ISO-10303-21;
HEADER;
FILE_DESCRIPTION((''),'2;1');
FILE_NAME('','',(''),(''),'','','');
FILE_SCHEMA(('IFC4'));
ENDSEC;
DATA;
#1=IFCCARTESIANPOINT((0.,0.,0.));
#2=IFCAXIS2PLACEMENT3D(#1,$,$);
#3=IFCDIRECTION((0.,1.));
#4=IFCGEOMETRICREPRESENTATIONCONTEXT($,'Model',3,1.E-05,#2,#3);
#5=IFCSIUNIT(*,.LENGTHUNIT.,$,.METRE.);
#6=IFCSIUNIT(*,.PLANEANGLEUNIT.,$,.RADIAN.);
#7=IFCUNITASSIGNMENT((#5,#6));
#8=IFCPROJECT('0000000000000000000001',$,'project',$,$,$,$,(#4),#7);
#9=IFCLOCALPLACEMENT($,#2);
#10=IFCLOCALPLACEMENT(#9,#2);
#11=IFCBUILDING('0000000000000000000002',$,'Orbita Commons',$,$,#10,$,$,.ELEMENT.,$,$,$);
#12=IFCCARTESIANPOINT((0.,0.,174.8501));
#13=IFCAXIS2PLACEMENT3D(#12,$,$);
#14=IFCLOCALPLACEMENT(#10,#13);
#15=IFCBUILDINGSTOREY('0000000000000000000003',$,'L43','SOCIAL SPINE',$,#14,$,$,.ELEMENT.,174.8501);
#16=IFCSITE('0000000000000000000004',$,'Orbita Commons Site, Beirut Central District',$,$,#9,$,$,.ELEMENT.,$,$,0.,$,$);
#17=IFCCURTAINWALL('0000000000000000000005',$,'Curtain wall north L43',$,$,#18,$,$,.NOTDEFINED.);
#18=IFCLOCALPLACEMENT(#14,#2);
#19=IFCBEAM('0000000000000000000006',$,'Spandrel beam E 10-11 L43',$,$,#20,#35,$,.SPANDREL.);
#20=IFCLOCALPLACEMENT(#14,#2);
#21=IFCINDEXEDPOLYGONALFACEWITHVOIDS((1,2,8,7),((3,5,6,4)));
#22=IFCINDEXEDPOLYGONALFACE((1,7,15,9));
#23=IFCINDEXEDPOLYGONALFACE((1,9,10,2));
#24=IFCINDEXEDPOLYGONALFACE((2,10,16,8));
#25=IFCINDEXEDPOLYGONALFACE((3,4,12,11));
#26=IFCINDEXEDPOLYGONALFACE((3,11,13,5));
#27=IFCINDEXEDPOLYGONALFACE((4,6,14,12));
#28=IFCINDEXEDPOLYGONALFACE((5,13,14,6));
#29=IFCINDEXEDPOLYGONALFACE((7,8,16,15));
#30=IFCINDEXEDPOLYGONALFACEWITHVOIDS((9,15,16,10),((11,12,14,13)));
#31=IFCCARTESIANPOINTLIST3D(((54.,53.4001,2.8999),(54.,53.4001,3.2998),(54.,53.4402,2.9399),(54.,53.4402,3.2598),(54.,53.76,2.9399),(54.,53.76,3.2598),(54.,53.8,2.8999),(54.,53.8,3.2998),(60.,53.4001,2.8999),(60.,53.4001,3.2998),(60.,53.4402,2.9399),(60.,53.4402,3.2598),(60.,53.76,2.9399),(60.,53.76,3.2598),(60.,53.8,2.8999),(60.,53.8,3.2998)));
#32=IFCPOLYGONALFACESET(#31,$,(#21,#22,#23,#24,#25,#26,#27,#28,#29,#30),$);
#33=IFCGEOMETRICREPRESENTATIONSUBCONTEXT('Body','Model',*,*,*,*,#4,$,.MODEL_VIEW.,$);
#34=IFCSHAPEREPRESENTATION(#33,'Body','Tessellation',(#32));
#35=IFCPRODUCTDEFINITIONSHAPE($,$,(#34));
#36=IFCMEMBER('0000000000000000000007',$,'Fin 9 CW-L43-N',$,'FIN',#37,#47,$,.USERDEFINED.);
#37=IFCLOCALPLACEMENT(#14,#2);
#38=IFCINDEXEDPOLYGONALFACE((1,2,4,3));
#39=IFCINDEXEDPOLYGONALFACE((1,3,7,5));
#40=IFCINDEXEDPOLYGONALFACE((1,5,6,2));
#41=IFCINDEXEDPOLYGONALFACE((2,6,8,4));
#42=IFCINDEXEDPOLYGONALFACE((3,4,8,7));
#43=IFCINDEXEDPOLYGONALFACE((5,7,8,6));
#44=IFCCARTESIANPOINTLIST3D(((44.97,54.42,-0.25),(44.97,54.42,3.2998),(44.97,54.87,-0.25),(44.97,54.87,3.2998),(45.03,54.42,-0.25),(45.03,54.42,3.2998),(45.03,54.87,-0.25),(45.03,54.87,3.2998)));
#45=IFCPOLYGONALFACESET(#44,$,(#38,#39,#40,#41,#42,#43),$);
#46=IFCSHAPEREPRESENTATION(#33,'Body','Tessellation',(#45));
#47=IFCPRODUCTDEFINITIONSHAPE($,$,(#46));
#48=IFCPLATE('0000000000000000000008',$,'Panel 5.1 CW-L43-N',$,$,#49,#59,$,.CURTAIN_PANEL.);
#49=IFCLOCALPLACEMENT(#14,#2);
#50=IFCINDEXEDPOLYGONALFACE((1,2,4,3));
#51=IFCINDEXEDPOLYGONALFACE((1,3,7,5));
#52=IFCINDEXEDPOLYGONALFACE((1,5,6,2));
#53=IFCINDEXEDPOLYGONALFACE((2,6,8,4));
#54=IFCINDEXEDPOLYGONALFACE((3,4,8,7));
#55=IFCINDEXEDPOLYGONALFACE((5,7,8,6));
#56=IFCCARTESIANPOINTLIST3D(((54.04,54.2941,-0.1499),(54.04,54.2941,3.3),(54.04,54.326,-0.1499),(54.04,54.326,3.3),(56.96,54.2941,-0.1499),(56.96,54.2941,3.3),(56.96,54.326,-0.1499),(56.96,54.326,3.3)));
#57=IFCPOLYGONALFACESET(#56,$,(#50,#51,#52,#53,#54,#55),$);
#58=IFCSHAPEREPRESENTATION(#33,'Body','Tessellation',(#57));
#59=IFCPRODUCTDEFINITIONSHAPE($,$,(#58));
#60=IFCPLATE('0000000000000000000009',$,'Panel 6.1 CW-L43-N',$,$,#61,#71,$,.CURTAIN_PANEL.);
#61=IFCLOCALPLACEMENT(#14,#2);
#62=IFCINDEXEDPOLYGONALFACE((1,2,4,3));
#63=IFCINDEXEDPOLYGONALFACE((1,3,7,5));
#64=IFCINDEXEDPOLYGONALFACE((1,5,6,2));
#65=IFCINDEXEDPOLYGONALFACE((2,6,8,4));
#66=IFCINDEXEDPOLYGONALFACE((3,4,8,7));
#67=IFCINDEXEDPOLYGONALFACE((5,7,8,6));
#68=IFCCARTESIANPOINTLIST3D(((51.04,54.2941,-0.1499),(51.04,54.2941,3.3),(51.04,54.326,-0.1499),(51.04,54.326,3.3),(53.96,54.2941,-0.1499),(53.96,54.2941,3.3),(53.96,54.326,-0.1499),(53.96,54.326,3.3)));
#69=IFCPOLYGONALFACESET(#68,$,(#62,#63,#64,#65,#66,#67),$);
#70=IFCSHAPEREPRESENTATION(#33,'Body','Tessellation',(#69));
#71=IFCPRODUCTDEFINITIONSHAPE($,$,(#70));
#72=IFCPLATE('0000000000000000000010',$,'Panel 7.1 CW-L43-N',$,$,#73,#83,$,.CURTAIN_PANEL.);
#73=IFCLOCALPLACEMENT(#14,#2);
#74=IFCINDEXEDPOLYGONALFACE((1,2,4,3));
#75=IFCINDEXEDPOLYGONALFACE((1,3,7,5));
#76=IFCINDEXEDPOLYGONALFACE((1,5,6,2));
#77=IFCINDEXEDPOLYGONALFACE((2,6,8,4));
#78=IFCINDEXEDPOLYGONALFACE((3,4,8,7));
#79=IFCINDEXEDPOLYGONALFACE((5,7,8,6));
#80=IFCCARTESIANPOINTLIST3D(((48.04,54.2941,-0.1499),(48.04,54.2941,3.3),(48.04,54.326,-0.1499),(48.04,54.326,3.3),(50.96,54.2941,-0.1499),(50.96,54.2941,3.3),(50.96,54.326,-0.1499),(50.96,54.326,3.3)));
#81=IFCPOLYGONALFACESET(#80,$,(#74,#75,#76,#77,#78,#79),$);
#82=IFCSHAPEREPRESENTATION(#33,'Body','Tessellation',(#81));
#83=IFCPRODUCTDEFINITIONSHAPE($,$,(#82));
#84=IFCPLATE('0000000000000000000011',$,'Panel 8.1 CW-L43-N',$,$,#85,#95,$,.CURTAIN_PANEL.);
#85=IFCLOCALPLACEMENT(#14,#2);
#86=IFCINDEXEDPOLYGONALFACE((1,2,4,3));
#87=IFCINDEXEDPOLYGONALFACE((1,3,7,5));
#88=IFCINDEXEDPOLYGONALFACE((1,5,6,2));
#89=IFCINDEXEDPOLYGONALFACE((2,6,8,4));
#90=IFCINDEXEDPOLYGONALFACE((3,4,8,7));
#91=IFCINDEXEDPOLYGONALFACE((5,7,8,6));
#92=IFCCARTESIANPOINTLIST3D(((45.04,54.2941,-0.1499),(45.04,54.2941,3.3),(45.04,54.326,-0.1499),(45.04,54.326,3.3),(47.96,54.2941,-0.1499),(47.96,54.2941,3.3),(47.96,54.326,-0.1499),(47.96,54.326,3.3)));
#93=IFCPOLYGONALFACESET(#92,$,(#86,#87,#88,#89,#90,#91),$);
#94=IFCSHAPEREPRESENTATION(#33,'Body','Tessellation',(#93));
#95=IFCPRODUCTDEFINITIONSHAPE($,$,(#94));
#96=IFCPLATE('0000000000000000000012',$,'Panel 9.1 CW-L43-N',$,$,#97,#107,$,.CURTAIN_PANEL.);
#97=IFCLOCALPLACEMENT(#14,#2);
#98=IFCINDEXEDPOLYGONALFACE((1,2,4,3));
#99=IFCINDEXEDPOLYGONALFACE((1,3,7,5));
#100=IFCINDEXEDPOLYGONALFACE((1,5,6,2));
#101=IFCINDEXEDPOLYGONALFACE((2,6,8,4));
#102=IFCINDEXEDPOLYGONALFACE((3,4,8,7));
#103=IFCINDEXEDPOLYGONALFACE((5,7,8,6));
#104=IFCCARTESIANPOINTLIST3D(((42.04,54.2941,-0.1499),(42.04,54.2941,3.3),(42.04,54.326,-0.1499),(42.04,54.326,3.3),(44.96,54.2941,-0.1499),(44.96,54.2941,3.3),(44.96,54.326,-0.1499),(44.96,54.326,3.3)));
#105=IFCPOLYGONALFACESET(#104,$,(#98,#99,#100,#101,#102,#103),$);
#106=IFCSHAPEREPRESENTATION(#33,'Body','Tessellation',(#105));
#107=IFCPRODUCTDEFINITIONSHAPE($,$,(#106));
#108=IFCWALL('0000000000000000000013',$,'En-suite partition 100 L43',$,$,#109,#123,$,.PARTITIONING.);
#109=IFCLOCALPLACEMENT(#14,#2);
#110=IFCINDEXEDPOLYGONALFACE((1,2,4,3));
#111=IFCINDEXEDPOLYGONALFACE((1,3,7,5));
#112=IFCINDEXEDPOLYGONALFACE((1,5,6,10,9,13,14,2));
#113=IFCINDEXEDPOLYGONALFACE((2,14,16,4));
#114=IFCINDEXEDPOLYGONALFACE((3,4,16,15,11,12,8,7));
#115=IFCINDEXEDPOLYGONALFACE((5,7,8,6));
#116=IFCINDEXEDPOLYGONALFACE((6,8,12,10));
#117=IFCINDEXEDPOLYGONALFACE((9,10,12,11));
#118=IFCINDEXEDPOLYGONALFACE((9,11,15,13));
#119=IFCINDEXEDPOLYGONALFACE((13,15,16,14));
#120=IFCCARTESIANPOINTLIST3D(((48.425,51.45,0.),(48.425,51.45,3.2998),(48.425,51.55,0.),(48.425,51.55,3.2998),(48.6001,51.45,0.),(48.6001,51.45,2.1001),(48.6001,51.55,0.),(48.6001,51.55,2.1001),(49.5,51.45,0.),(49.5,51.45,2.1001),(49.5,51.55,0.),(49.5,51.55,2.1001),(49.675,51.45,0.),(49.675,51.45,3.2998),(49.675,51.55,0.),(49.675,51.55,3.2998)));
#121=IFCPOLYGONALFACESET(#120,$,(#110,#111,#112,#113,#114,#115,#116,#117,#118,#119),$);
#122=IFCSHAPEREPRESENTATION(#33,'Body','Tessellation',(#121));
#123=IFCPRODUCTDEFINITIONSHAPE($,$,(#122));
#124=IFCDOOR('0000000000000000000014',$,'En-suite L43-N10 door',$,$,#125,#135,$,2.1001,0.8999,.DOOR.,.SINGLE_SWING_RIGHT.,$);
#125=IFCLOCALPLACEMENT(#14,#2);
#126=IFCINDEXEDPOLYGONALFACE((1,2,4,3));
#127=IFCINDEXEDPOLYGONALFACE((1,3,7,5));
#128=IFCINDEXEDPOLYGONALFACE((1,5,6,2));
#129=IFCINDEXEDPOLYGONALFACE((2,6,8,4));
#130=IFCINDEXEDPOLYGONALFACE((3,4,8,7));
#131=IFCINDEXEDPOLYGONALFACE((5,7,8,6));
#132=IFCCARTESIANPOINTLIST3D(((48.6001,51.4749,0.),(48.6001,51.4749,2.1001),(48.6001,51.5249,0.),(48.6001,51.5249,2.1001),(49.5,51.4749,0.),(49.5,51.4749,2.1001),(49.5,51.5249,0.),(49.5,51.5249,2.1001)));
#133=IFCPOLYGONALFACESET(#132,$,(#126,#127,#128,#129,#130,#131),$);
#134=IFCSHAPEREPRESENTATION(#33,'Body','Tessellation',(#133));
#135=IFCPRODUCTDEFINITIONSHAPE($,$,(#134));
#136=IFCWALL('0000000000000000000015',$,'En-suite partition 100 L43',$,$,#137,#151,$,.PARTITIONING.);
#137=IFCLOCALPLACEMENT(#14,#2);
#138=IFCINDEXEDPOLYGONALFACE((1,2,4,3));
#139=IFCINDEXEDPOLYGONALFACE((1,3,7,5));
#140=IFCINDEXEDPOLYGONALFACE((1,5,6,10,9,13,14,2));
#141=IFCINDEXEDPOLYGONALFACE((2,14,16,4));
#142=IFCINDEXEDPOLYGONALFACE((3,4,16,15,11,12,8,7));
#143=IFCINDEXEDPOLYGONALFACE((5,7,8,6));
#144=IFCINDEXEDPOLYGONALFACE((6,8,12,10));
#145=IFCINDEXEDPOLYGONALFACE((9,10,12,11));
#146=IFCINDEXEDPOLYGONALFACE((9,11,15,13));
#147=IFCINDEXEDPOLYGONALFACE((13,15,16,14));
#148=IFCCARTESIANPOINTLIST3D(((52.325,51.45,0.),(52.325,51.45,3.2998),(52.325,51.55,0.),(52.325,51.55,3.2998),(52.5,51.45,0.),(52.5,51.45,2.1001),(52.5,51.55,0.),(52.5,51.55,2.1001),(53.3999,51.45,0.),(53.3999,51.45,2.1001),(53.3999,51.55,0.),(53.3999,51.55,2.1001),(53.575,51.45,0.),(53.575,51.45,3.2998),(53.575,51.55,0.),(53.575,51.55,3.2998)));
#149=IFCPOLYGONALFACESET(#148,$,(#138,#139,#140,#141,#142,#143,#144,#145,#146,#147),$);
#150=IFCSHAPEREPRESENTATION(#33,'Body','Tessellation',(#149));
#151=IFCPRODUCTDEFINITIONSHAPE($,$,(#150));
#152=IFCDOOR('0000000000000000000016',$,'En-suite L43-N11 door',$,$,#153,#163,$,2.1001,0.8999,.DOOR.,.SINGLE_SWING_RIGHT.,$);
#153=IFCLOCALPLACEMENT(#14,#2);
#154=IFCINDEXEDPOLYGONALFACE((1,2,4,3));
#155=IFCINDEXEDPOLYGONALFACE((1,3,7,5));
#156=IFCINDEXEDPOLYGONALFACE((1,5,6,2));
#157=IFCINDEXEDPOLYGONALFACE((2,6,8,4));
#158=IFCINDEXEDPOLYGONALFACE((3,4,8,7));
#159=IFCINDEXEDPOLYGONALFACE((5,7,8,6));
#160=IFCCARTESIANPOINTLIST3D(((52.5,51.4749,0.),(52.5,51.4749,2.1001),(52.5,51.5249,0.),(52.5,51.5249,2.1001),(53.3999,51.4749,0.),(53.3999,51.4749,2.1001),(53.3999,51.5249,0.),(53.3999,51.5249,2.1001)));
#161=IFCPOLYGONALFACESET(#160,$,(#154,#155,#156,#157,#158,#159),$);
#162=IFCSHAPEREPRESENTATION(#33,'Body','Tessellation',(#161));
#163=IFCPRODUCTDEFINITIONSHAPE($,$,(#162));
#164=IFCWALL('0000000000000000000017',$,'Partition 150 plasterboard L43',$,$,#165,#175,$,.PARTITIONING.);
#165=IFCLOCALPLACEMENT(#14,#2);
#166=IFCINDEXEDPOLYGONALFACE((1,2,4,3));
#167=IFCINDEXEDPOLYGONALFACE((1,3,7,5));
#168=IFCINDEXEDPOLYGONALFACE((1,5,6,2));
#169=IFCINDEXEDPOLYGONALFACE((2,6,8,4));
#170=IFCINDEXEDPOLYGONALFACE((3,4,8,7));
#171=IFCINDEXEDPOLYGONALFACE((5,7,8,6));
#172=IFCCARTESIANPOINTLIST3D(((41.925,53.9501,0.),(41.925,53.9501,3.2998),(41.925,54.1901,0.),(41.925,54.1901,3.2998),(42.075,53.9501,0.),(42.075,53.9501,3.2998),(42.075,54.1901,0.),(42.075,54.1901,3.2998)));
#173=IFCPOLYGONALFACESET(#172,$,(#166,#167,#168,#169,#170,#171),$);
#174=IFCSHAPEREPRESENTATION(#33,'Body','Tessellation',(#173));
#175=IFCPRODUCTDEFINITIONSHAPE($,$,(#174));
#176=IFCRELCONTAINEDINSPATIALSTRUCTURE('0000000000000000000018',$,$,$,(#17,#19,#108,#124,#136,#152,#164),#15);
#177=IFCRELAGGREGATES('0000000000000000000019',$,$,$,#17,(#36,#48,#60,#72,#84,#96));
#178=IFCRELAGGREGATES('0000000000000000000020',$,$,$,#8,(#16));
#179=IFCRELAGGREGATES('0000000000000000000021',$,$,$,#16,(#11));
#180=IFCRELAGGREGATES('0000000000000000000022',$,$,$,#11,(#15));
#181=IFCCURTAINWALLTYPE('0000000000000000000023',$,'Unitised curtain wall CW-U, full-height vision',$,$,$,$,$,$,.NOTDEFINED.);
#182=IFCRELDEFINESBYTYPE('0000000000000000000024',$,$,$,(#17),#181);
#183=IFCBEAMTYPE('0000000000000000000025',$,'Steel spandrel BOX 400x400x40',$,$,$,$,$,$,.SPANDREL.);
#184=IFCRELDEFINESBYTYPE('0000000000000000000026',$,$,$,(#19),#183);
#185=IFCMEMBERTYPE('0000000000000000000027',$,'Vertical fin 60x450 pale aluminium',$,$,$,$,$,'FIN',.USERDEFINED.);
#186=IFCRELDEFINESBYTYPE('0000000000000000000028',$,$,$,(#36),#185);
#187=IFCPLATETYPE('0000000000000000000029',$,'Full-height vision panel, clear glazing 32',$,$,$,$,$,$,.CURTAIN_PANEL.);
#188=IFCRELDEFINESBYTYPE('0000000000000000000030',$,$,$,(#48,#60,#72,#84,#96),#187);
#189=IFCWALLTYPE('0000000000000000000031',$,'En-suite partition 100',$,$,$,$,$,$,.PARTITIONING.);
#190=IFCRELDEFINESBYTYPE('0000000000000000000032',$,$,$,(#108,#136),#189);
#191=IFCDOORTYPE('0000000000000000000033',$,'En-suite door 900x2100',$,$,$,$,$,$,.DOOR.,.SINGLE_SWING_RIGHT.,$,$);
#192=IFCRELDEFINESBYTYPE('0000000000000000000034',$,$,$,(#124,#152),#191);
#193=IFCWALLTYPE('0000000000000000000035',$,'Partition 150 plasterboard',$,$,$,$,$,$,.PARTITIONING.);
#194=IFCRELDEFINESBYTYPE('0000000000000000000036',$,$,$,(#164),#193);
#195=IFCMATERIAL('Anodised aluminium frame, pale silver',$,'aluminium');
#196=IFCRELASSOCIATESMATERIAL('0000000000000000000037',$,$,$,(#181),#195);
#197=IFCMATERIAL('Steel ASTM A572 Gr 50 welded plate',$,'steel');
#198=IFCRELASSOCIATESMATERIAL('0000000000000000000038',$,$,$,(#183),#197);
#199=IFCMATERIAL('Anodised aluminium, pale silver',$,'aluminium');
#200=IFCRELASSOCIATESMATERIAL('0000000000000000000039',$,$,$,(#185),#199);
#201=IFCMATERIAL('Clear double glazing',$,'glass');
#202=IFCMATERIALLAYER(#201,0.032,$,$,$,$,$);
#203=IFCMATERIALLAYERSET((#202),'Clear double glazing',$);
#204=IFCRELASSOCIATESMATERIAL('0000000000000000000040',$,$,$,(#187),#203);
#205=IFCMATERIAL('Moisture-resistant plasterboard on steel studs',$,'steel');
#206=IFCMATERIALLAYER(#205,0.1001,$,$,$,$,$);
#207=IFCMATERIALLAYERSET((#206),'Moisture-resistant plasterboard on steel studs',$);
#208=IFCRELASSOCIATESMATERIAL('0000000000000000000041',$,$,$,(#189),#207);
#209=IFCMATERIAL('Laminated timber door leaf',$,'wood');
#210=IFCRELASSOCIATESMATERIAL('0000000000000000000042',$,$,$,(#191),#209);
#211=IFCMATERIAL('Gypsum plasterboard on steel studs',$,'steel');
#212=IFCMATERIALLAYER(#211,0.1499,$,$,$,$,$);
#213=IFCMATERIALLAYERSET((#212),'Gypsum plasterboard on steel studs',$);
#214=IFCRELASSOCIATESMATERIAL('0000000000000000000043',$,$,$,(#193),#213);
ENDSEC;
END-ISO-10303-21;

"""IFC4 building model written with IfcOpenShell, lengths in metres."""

from ifc_helpers import new_model, si_unit, direction, frame, frame_2d, origin, origin_2d, place, context, subcontext, project, spatial, rectangle, hollow_rectangle, extrude, material, layer, layer_set, material_profile, profile_set, type_object, element, fill, aggregate, save


model = new_model("IFC4")

# Units and contexts
model_context = context("Model", 3, precision=1e-05, world=origin(), true_north=direction((0.0, 1.0)))
body_context = subcontext(model_context, "Body", "Model", "MODEL_VIEW")
ifc_project = project(units=[si_unit("LENGTHUNIT", "METRE"), si_unit("PLANEANGLEUNIT", "RADIAN")], contexts=[model_context])

# Site, building, storey
site_placement = place(None, origin())
site = spatial("IfcSite", under=ifc_project, at=site_placement, Name="Orbita Commons Site, Beirut Central District", CompositionType="ELEMENT", RefElevation=0.0)
building_placement = place(site_placement, origin())
building = spatial("IfcBuilding", under=site, at=building_placement, Name="Orbita Commons", CompositionType="ELEMENT")
storey_placement = place(building_placement, frame((0.0, 0.0, 174.8501)))
storey = spatial("IfcBuildingStorey", under=building, at=storey_placement, Name="L43", Description="SOCIAL SPINE", CompositionType="ELEMENT", Elevation=174.8501)

# Curtain wall
ifc_material_1 = material(Name="Anodised aluminium frame, pale silver", Category="aluminium")
curtain_wall_type = type_object("IfcCurtainWallType", Name="Unitised curtain wall CW-U, full-height vision", PredefinedType="NOTDEFINED", material=ifc_material_1)
curtain_wall_placement = place(storey_placement, origin())
curtain_wall = element("IfcCurtainWall", 1, at=curtain_wall_placement, inside=storey, type_object=curtain_wall_type, Name="Curtain wall north L43", PredefinedType="NOTDEFINED")

# Beam
ifc_material_2 = material(Name="Steel ASTM A572 Gr 50 welded plate", Category="steel")
ifc_material_profile_1 = material_profile(ifc_material_2, hollow_rectangle(XDim=0.3999, YDim=0.3999, WallThickness=0.04, at=origin_2d()), Name="BOX 400x400x40")
ifc_profile_set_1 = profile_set([ifc_material_profile_1], Name="Steel ASTM A572 Gr 50 welded plate")
beam_type = type_object("IfcBeamType", Name="Steel spandrel BOX 400x400x40", PredefinedType="SPANDREL", material=ifc_profile_set_1)
for number, where, z_axis, x_axis, name in (
    (2, (54.0, 53.6001, 3.0999), (1.0, 0.0, 0.0), (0.0, 1.0, 0.0), "Spandrel beam E 10-11 L43"),
):
    element("IfcBeam", number, at=place(storey_placement, frame(where, z_axis=z_axis, x_axis=x_axis)), inside=storey, type_object=beam_type, Name=name, PredefinedType="SPANDREL", context=body_context, shape_type="SweptSolid", body=[
        extrude(hollow_rectangle(XDim=0.3999, YDim=0.3999, WallThickness=0.04, at=origin_2d()), origin(), (0.0, 0.0, 1.0), 6.0),
    ])

# Member
ifc_material_3 = material(Name="Anodised aluminium, pale silver", Category="aluminium")
ifc_material_profile_2 = material_profile(ifc_material_3, rectangle(XDim=0.0601, YDim=0.45, at=origin_2d()), Name="FIN 60x450")
ifc_profile_set_2 = profile_set([ifc_material_profile_2], Name="Anodised aluminium, pale silver")
member_type_1 = type_object("IfcMemberType", Name="Vertical fin 60x450 pale aluminium", ElementType="FIN", PredefinedType="USERDEFINED", material=ifc_profile_set_2)
member_1_placement = place(storey_placement, frame((45.0, 54.645, -0.25), z_axis=(0.0, 0.0, 1.0), x_axis=(-1.0, 0.0, 0.0)))
member_1 = element("IfcMember", 3, at=member_1_placement, type_object=member_type_1, Name="Fin 9 CW-L43-N", ObjectType="FIN", PredefinedType="USERDEFINED", context=body_context, shape_type="SweptSolid", body=[
    extrude(rectangle(XDim=0.0601, YDim=0.45, at=origin_2d()), origin(), (0.0, 0.0, 1.0), 3.5498),
])

# Plates
ifc_material_4 = material(Name="Clear double glazing", Category="glass")
ifc_layer_1 = layer(ifc_material_4, 0.032)
ifc_layer_set_1 = layer_set([ifc_layer_1], Name="Clear double glazing")
plate_type = type_object("IfcPlateType", Name="Full-height vision panel, clear glazing 32", PredefinedType="CURTAIN_PANEL", material=ifc_layer_set_1)
plate_1_placement = place(storey_placement, frame((55.5, 54.3101, -0.1499), z_axis=(0.0, 0.0, 1.0), x_axis=(-1.0, 0.0, 0.0)))
plate_1 = element("IfcPlate", 4, at=plate_1_placement, type_object=plate_type, Name="Panel 5.1 CW-L43-N", PredefinedType="CURTAIN_PANEL", context=body_context, shape_type="SweptSolid", body=[
    extrude(rectangle(XDim=2.9199, YDim=0.032, at=origin_2d()), origin(), (0.0, 0.0, 1.0), 3.45),
])
plate_2_placement = place(storey_placement, frame((52.5, 54.3101, -0.1499), z_axis=(0.0, 0.0, 1.0), x_axis=(-1.0, 0.0, 0.0)))
plate_2 = element("IfcPlate", 5, at=plate_2_placement, type_object=plate_type, Name="Panel 6.1 CW-L43-N", PredefinedType="CURTAIN_PANEL", context=body_context, shape_type="SweptSolid", body=[
    extrude(rectangle(XDim=2.9199, YDim=0.032, at=origin_2d()), origin(), (0.0, 0.0, 1.0), 3.45),
])
plate_3_placement = place(storey_placement, frame((49.5, 54.3101, -0.1499), z_axis=(0.0, 0.0, 1.0), x_axis=(-1.0, 0.0, 0.0)))
plate_3 = element("IfcPlate", 6, at=plate_3_placement, type_object=plate_type, Name="Panel 7.1 CW-L43-N", PredefinedType="CURTAIN_PANEL", context=body_context, shape_type="SweptSolid", body=[
    extrude(rectangle(XDim=2.9199, YDim=0.032, at=origin_2d()), origin(), (0.0, 0.0, 1.0), 3.45),
])
plate_4_placement = place(storey_placement, frame((46.5, 54.3101, -0.1499), z_axis=(0.0, 0.0, 1.0), x_axis=(-1.0, 0.0, 0.0)))
plate_4 = element("IfcPlate", 7, at=plate_4_placement, type_object=plate_type, Name="Panel 8.1 CW-L43-N", PredefinedType="CURTAIN_PANEL", context=body_context, shape_type="SweptSolid", body=[
    extrude(rectangle(XDim=2.9199, YDim=0.032, at=origin_2d()), origin(), (0.0, 0.0, 1.0), 3.45),
])
plate_5_placement = place(storey_placement, frame((43.5, 54.3101, -0.1499), z_axis=(0.0, 0.0, 1.0), x_axis=(-1.0, 0.0, 0.0)))
plate_5 = element("IfcPlate", 8, at=plate_5_placement, type_object=plate_type, Name="Panel 9.1 CW-L43-N", PredefinedType="CURTAIN_PANEL", context=body_context, shape_type="SweptSolid", body=[
    extrude(rectangle(XDim=2.9199, YDim=0.032, at=origin_2d()), origin(), (0.0, 0.0, 1.0), 3.45),
])
aggregate(curtain_wall, [member_1, plate_1, plate_2, plate_3, plate_4, plate_5])

# Walls, openings, doors
ifc_material_5 = material(Name="Moisture-resistant plasterboard on steel studs", Category="steel")
ifc_layer_2 = layer(ifc_material_5, 0.1001)
ifc_layer_set_2 = layer_set([ifc_layer_2], Name="Moisture-resistant plasterboard on steel studs")
wall_type_1 = type_object("IfcWallType", Name="En-suite partition 100", PredefinedType="PARTITIONING", material=ifc_layer_set_2)
wall_1_placement = place(storey_placement, frame((48.425, 51.5, 0.0), z_axis=(0.0, 0.0, 1.0), x_axis=(1.0, 0.0, 0.0)))
wall_1 = element("IfcWall", 9, at=wall_1_placement, inside=storey, type_object=wall_type_1, Name="En-suite partition 100 L43", PredefinedType="PARTITIONING", context=body_context, shape_type="SweptSolid", body=[
    extrude(rectangle(XDim=1.25, YDim=0.1001, at=frame_2d((0.625, 0.0))), origin(), (0.0, 0.0, 1.0), 3.2998),
])
opening_1_placement = place(wall_1_placement, frame((0.175, 0.0, 0.0)))
opening_1 = element("IfcOpeningElement", 10, at=opening_1_placement, cuts=wall_1, PredefinedType="OPENING", context=body_context, shape_type="SweptSolid", body=[
    extrude(rectangle(XDim=0.8999, YDim=2.1001, at=frame_2d((0.45, 1.05))), frame((0.0, 0.0601, 0.0), z_axis=(0.0, -1.0, 0.0), x_axis=(1.0, 0.0, 0.0)), (0.0, 0.0, 1.0), 0.1201),
])
ifc_material_6 = material(Name="Laminated timber door leaf", Category="wood")
door_type = type_object("IfcDoorType", Name="En-suite door 900x2100", OperationType="SINGLE_SWING_RIGHT", PredefinedType="DOOR", material=ifc_material_6)
door_1_placement = place(opening_1_placement, origin())
door_1 = element("IfcDoor", 11, at=door_1_placement, inside=storey, type_object=door_type, Name="En-suite L43-N10 door", OperationType="SINGLE_SWING_RIGHT", OverallHeight=2.1001, OverallWidth=0.8999, PredefinedType="DOOR", context=body_context, shape_type="SweptSolid", body=[
    extrude(rectangle(XDim=0.8999, YDim=2.1001, at=frame_2d((0.45, 1.05))), frame((0.0, 0.0249, 0.0), z_axis=(0.0, -1.0, 0.0), x_axis=(1.0, 0.0, 0.0)), (0.0, 0.0, 1.0), 0.05),
])
fill(opening_1, door_1)
wall_2_placement = place(storey_placement, frame((52.325, 51.5, 0.0), z_axis=(0.0, 0.0, 1.0), x_axis=(1.0, 0.0, 0.0)))
wall_2 = element("IfcWall", 12, at=wall_2_placement, inside=storey, type_object=wall_type_1, Name="En-suite partition 100 L43", PredefinedType="PARTITIONING", context=body_context, shape_type="SweptSolid", body=[
    extrude(rectangle(XDim=1.25, YDim=0.1001, at=frame_2d((0.625, 0.0))), origin(), (0.0, 0.0, 1.0), 3.2998),
])
opening_2_placement = place(wall_2_placement, frame((0.175, 0.0, 0.0)))
opening_2 = element("IfcOpeningElement", 13, at=opening_2_placement, cuts=wall_2, PredefinedType="OPENING", context=body_context, shape_type="SweptSolid", body=[
    extrude(rectangle(XDim=0.8999, YDim=2.1001, at=frame_2d((0.45, 1.05))), frame((0.0, 0.0601, 0.0), z_axis=(0.0, -1.0, 0.0), x_axis=(1.0, 0.0, 0.0)), (0.0, 0.0, 1.0), 0.1201),
])
door_2_placement = place(opening_2_placement, origin())
door_2 = element("IfcDoor", 14, at=door_2_placement, inside=storey, type_object=door_type, Name="En-suite L43-N11 door", OperationType="SINGLE_SWING_RIGHT", OverallHeight=2.1001, OverallWidth=0.8999, PredefinedType="DOOR", context=body_context, shape_type="SweptSolid", body=[
    extrude(rectangle(XDim=0.8999, YDim=2.1001, at=frame_2d((0.45, 1.05))), frame((0.0, 0.0249, 0.0), z_axis=(0.0, -1.0, 0.0), x_axis=(1.0, 0.0, 0.0)), (0.0, 0.0, 1.0), 0.05),
])
fill(opening_2, door_2)

# Wall
ifc_material_7 = material(Name="Gypsum plasterboard on steel studs", Category="steel")
ifc_layer_3 = layer(ifc_material_7, 0.1499)
ifc_layer_set_3 = layer_set([ifc_layer_3], Name="Gypsum plasterboard on steel studs")
wall_type_2 = type_object("IfcWallType", Name="Partition 150 plasterboard", PredefinedType="PARTITIONING", material=ifc_layer_set_3)
for number, where, z_axis, x_axis, name in (
    (15, (42.0, 53.95, 0.0), (0.0, 0.0, 1.0), (0.0, 1.0, 0.0), "Partition 150 plasterboard L43"),
):
    element("IfcWall", number, at=place(storey_placement, frame(where, z_axis=z_axis, x_axis=x_axis)), inside=storey, type_object=wall_type_2, Name=name, PredefinedType="PARTITIONING", context=body_context, shape_type="SweptSolid", body=[
        extrude(rectangle(XDim=0.24, YDim=0.1499, at=frame_2d((0.1201, 0.0))), origin(), (0.0, 0.0, 1.0), 3.2998),
    ])

save(model, "model.ifc")
